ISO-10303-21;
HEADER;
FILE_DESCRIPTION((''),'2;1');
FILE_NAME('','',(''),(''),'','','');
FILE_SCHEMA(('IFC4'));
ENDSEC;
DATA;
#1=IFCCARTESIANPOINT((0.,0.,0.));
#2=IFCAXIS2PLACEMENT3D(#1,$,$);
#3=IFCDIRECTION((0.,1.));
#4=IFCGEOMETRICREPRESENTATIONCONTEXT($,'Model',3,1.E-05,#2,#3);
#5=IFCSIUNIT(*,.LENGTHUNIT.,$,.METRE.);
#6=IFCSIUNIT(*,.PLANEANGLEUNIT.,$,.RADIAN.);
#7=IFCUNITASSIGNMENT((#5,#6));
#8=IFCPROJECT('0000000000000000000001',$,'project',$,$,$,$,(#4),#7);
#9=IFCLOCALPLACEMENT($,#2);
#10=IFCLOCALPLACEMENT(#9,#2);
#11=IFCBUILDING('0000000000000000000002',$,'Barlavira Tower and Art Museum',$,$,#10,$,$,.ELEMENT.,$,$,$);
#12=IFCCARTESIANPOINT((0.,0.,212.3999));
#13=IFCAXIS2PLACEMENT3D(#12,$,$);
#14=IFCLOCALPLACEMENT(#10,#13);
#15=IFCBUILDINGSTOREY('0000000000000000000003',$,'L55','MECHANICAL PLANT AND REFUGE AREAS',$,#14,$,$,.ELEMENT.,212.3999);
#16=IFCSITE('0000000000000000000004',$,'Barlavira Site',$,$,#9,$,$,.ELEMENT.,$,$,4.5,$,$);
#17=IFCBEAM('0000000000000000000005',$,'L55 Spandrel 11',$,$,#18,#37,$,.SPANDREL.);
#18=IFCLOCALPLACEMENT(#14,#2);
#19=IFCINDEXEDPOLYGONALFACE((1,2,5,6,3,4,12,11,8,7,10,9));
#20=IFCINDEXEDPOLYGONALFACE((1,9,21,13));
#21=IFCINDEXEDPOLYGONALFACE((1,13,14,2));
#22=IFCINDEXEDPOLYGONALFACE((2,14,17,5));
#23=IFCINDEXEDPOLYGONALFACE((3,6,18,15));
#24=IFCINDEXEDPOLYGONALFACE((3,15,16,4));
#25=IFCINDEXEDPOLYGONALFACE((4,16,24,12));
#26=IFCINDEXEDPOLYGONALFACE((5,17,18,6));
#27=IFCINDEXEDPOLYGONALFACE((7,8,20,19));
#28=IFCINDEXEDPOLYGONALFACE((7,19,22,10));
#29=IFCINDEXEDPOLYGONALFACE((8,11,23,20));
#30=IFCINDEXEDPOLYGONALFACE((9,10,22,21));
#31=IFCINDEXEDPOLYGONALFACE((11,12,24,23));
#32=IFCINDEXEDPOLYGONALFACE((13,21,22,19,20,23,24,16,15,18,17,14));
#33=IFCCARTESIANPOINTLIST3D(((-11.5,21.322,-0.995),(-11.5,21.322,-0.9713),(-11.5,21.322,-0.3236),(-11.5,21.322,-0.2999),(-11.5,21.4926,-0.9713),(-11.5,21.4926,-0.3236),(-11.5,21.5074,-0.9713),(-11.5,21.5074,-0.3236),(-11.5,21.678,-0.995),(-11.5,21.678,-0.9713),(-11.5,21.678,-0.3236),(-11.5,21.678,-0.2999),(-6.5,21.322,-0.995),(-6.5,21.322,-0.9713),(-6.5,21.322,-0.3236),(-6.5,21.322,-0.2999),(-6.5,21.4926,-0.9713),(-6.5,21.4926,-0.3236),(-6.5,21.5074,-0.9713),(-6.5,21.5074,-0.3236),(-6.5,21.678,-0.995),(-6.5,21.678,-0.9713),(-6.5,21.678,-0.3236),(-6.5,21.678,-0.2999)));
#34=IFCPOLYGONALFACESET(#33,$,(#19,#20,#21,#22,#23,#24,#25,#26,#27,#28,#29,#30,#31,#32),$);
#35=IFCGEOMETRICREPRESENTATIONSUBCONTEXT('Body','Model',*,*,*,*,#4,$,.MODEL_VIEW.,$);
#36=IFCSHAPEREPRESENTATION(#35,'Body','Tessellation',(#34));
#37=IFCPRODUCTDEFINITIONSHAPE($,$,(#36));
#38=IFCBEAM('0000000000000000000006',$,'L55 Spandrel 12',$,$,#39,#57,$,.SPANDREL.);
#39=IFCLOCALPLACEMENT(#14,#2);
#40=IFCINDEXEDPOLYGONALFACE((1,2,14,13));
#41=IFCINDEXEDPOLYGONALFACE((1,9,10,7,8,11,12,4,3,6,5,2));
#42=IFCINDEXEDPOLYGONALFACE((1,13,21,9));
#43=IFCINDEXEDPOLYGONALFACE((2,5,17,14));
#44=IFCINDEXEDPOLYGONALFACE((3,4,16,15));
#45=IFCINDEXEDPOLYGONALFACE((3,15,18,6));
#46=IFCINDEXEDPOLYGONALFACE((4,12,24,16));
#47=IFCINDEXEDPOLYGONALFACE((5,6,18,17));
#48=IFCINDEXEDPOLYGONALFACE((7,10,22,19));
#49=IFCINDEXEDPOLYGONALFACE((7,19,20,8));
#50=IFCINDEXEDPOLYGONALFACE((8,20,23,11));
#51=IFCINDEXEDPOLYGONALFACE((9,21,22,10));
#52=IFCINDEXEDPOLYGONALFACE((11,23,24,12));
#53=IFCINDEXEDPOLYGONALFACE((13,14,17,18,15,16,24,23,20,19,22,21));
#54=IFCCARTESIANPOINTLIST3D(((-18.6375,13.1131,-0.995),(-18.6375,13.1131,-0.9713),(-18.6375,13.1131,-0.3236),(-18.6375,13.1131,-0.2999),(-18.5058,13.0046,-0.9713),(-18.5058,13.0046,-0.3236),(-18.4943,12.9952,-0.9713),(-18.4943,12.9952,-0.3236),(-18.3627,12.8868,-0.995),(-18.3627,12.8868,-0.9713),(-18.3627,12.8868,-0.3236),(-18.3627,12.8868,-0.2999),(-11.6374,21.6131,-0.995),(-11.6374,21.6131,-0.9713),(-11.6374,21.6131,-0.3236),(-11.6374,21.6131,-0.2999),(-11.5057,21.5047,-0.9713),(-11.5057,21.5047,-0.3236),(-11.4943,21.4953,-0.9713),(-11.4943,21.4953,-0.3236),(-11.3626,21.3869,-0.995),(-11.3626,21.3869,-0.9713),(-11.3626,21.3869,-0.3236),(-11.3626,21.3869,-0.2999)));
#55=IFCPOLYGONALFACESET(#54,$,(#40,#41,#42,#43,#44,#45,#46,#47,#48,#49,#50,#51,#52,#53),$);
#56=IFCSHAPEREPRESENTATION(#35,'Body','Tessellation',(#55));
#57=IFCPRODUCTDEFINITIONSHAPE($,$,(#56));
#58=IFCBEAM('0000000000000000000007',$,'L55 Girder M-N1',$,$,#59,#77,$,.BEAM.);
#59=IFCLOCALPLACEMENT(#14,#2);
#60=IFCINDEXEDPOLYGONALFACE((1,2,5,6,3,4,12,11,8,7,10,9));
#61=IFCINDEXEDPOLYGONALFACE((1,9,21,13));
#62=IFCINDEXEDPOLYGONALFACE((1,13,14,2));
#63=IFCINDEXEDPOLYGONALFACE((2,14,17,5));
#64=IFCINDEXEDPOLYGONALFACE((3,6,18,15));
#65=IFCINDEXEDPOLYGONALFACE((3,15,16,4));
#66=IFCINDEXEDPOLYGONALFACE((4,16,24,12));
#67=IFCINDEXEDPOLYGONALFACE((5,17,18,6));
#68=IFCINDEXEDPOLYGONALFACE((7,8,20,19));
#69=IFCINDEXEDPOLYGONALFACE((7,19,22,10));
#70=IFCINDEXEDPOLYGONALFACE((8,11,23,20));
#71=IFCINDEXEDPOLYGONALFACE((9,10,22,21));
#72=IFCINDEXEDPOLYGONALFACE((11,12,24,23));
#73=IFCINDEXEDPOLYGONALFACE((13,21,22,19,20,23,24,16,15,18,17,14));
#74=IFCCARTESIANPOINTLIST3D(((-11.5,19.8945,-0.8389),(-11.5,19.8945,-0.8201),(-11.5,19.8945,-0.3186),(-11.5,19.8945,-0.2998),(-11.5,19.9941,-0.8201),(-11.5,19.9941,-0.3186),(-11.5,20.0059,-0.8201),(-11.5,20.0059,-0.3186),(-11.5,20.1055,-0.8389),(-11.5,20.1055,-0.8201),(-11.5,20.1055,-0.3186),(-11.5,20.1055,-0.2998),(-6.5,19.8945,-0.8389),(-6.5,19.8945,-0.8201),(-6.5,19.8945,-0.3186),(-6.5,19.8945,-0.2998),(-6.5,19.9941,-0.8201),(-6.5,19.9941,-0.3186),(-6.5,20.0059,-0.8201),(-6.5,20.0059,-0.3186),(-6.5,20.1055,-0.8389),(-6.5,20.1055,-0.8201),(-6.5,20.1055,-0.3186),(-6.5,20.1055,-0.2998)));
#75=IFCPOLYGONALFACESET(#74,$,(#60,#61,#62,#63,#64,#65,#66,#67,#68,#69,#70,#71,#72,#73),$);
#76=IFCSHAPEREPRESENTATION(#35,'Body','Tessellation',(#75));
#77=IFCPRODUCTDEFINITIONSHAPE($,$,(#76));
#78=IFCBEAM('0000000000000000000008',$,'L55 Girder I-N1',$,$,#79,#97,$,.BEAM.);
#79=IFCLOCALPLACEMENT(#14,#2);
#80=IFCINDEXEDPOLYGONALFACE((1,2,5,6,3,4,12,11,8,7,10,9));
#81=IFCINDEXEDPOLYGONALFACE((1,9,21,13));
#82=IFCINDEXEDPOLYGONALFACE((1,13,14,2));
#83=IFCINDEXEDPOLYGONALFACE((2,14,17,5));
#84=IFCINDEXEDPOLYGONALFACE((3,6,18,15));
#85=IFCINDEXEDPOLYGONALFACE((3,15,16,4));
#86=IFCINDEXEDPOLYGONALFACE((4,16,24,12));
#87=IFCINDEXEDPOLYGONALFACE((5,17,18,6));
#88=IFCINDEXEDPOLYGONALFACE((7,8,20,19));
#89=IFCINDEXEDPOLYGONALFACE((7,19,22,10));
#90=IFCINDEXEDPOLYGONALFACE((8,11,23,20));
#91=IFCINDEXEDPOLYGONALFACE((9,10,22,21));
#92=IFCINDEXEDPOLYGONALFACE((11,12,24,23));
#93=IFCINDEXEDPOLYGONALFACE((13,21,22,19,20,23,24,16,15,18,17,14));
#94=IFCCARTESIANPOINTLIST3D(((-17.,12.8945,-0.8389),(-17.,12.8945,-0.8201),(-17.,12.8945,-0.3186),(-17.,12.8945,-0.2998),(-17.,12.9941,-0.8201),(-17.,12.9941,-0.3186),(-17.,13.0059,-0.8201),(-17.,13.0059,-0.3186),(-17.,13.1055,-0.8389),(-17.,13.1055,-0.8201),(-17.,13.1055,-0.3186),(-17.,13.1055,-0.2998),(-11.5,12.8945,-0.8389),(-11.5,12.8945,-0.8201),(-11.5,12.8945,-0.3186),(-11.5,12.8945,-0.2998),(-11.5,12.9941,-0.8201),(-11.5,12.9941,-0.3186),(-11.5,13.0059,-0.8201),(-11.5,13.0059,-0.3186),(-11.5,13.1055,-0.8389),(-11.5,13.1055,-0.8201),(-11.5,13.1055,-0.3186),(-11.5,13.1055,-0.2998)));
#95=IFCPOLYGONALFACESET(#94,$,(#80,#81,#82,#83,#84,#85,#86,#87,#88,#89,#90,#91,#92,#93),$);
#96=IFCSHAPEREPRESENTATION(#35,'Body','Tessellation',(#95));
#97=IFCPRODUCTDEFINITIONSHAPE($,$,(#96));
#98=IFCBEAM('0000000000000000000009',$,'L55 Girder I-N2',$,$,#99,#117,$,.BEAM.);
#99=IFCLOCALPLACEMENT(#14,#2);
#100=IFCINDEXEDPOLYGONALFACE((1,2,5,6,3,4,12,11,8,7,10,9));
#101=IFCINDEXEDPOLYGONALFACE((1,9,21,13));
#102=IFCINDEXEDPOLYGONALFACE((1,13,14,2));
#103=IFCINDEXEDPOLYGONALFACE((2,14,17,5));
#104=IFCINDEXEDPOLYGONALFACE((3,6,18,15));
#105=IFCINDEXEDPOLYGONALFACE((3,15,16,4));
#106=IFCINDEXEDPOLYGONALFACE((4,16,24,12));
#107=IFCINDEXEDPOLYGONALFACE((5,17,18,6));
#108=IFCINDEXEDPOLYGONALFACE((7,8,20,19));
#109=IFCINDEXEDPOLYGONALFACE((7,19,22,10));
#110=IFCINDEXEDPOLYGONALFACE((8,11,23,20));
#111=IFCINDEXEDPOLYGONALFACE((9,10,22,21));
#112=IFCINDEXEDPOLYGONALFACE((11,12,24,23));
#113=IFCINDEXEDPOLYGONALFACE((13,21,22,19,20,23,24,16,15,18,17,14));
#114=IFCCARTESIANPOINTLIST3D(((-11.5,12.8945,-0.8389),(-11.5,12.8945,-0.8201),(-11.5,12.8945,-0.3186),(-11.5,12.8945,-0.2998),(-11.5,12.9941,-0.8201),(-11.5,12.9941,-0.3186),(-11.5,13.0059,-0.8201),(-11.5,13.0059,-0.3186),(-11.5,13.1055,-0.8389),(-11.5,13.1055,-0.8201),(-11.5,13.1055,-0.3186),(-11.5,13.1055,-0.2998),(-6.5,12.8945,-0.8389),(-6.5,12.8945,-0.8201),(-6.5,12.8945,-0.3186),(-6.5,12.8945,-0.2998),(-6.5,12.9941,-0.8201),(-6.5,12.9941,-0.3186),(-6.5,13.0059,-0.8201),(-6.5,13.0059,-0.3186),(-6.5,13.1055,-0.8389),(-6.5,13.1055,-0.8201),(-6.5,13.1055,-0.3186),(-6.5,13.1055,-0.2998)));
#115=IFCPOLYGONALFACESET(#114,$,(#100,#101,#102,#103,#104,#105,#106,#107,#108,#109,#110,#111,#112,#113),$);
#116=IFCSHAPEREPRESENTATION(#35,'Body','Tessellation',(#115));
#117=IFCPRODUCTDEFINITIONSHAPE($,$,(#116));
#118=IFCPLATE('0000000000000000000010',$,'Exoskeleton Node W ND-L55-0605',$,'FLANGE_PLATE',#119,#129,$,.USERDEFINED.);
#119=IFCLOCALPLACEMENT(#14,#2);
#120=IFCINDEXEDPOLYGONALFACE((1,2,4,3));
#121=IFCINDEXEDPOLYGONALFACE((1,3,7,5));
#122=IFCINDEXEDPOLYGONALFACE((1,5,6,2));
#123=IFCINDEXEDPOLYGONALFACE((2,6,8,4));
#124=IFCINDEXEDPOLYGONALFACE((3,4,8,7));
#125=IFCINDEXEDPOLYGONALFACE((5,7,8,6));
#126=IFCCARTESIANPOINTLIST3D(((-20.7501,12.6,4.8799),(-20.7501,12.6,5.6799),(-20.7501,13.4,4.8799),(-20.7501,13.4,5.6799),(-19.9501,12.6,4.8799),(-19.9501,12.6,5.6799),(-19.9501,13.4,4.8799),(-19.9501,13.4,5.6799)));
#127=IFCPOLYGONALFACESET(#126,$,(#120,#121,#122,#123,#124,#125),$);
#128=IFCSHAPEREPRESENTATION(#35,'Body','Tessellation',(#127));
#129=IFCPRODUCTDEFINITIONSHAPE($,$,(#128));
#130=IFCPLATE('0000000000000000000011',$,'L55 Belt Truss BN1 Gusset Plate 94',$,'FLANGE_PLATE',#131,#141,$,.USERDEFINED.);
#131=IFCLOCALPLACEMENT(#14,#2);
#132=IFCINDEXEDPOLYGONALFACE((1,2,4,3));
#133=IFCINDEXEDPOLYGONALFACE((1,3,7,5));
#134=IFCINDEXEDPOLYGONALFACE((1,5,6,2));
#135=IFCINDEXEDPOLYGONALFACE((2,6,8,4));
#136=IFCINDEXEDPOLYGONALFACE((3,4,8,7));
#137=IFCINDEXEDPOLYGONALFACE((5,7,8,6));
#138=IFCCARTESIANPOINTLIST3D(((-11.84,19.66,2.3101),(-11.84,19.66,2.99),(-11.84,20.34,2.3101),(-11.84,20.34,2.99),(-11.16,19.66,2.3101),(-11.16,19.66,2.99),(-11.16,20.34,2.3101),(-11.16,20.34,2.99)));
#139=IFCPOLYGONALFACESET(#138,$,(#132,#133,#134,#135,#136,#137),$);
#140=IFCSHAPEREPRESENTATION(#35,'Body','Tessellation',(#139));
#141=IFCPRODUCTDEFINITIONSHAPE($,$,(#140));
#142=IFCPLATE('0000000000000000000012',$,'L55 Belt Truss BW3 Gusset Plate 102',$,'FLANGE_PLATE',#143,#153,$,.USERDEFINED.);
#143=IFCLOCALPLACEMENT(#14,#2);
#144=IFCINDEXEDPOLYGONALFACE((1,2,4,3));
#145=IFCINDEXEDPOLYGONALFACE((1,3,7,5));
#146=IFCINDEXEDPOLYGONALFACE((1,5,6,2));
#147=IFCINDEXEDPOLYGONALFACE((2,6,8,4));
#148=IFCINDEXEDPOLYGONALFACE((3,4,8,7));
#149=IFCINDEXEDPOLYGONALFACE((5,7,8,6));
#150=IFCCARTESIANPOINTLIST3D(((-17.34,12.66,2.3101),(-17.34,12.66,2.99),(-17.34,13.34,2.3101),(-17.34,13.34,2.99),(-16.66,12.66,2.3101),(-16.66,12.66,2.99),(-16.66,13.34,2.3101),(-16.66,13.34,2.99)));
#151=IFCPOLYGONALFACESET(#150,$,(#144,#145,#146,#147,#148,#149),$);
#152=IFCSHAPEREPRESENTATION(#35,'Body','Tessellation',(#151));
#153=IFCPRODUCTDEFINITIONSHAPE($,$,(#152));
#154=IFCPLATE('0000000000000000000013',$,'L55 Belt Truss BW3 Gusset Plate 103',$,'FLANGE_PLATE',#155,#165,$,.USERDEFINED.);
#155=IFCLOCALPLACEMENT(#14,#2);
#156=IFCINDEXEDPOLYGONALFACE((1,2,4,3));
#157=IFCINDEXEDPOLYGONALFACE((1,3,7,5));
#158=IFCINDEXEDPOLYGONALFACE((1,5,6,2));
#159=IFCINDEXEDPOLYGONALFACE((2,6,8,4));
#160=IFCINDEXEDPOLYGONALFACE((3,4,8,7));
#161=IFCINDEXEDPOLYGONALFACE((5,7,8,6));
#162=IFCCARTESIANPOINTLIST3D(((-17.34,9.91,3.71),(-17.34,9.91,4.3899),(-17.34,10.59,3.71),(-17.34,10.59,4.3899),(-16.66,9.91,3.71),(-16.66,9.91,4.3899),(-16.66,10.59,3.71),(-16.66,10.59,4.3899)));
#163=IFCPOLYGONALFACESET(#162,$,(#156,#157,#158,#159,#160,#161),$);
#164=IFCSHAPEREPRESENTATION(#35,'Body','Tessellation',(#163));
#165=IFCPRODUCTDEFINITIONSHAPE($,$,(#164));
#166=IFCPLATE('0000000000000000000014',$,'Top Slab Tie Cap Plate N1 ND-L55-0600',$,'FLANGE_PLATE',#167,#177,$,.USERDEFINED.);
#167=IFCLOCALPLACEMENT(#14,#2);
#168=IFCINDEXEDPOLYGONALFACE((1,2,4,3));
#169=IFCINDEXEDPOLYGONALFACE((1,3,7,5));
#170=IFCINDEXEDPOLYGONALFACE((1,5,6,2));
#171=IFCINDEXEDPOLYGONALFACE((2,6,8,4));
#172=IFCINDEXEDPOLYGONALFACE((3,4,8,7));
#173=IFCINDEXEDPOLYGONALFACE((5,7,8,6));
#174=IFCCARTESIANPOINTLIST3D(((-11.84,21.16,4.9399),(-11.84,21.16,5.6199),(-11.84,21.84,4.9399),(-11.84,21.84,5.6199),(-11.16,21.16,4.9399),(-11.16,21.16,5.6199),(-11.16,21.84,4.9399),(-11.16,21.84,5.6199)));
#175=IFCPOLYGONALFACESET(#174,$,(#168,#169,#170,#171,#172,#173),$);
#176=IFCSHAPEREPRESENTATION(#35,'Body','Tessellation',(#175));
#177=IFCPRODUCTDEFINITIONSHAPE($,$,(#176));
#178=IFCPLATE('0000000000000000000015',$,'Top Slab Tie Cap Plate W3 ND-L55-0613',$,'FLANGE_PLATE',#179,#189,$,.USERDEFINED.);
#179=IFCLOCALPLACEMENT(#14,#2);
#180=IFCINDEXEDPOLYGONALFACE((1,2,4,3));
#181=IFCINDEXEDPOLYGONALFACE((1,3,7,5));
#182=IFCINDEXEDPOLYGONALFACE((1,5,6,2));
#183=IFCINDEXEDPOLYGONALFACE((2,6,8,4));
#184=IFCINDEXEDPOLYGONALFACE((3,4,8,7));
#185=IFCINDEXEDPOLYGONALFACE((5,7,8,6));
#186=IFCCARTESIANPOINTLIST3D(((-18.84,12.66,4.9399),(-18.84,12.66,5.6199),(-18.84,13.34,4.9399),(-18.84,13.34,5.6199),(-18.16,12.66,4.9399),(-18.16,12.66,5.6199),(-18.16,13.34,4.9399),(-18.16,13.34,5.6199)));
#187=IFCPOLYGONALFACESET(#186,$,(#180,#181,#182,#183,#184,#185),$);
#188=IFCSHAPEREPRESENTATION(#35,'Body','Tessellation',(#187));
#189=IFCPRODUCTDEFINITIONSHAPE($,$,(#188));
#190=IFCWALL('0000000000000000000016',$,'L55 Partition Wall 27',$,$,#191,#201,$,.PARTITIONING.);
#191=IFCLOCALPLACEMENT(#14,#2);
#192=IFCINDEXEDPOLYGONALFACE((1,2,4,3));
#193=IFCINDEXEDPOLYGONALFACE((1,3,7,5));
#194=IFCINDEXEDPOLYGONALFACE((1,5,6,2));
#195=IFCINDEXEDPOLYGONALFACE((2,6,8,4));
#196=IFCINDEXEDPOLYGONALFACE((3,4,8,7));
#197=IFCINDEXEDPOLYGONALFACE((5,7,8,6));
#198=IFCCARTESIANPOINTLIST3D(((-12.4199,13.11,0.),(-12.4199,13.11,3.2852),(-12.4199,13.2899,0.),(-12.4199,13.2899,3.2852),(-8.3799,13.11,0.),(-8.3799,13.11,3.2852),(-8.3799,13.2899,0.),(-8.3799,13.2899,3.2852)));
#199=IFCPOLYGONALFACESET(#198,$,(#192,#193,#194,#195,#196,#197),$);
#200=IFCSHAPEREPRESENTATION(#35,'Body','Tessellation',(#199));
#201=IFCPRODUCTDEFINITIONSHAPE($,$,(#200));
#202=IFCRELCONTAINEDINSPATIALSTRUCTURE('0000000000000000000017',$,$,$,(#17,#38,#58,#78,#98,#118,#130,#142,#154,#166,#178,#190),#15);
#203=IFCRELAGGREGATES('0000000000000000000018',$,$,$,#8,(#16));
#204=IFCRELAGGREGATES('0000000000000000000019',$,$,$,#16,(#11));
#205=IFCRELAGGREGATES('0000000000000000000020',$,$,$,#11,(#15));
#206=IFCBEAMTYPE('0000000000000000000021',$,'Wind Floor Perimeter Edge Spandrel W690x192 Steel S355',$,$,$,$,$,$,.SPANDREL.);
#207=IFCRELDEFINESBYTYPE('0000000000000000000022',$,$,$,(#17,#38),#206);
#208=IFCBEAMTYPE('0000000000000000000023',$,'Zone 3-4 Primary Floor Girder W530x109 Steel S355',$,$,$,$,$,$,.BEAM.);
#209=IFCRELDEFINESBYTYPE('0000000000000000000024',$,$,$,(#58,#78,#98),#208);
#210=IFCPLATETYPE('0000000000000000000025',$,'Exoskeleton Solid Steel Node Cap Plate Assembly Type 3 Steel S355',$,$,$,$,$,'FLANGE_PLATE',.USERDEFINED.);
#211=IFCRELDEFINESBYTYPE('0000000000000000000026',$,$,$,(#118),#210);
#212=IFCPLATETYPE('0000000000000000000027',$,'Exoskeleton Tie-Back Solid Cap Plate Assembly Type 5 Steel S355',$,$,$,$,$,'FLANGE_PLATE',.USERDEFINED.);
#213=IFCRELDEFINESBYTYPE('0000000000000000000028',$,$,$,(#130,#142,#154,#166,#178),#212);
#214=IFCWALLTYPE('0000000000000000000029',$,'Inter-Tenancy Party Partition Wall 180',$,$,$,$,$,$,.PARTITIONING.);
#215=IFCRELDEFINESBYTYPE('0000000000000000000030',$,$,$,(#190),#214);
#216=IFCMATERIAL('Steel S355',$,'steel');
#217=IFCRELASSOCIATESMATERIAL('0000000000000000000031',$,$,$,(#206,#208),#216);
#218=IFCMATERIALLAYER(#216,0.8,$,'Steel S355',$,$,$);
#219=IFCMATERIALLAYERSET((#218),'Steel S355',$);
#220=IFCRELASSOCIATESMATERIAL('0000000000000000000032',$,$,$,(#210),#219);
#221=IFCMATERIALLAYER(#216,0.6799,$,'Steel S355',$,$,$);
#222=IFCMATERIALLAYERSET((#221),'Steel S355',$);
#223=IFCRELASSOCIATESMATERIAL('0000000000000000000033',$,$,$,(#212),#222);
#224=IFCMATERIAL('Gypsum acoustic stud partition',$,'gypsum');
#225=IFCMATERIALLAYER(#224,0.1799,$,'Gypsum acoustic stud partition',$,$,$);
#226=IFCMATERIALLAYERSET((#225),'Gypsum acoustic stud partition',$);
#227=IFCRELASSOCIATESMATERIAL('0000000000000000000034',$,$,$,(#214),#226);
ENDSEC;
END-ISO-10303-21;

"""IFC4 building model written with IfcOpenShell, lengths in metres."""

from ifc_helpers import new_model, si_unit, direction, frame, frame_2d, origin, origin_2d, place, context, subcontext, project, spatial, rectangle, i_section, extrude, material, layer, layer_set, material_profile, profile_set, type_object, element, save


model = new_model("IFC4")

# Units and contexts
model_context = context("Model", 3, precision=1e-05, world=origin(), true_north=direction((0.0, 1.0)))
body_context = subcontext(model_context, "Body", "Model", "MODEL_VIEW")
ifc_project = project(units=[si_unit("LENGTHUNIT", "METRE"), si_unit("PLANEANGLEUNIT", "RADIAN")], contexts=[model_context])

# Site, building, storey
site_placement = place(None, origin())
site = spatial("IfcSite", under=ifc_project, at=site_placement, Name="Barlavira Site", CompositionType="ELEMENT", RefElevation=4.5)
building_placement = place(site_placement, origin())
building = spatial("IfcBuilding", under=site, at=building_placement, Name="Barlavira Tower and Art Museum", CompositionType="ELEMENT")
storey_placement = place(building_placement, frame((0.0, 0.0, 212.3999)))
storey = spatial("IfcBuildingStorey", under=building, at=storey_placement, Name="L55", Description="MECHANICAL PLANT AND REFUGE AREAS", CompositionType="ELEMENT", Elevation=212.3999)

# Shared definitions
ifc_material_1 = material(Name="Steel S355", Category="steel")

# Beams
ifc_material_profile_1 = material_profile(ifc_material_1, i_section(OverallWidth=0.356, OverallDepth=0.6951, WebThickness=0.0149, FlangeThickness=0.0237, at=origin_2d()), Name="W690x192.0")
ifc_profile_set_1 = profile_set([ifc_material_profile_1], Name="Steel S355")
beam_type_1 = type_object("IfcBeamType", Name="Wind Floor Perimeter Edge Spandrel W690x192 Steel S355", PredefinedType="SPANDREL", material=ifc_profile_set_1)
beam_1_placement = place(storey_placement, frame((-11.5, 21.5, -0.6475), z_axis=(1.0, 0.0, 0.0), x_axis=(0.0, 1.0, 0.0)))
element("IfcBeam", 1, at=beam_1_placement, inside=storey, type_object=beam_type_1, Name="L55 Spandrel 11", PredefinedType="SPANDREL", context=body_context, shape_type="SweptSolid", body=[
    extrude(i_section(OverallWidth=0.356, OverallDepth=0.6951, WebThickness=0.0149, FlangeThickness=0.0237, at=origin_2d()), origin(), (0.0, 0.0, 1.0), 5.0),
])
beam_2_placement = place(storey_placement, frame((-11.5, 21.5, -0.6475), z_axis=(-0.635707, -0.77193, 0.0), x_axis=(0.77193, -0.635707, 0.0)))
element("IfcBeam", 2, at=beam_2_placement, inside=storey, type_object=beam_type_1, Name="L55 Spandrel 12", PredefinedType="SPANDREL", context=body_context, shape_type="SweptSolid", body=[
    extrude(i_section(OverallWidth=0.356, OverallDepth=0.6951, WebThickness=0.0149, FlangeThickness=0.0237, at=origin_2d()), origin(), (0.0, 0.0, 1.0), 11.0115),
])
ifc_material_profile_2 = material_profile(ifc_material_1, i_section(OverallWidth=0.2109, OverallDepth=0.5391, WebThickness=0.0117, FlangeThickness=0.0188, at=origin_2d()), Name="W530x109.0")
ifc_profile_set_2 = profile_set([ifc_material_profile_2], Name="Steel S355")
beam_type_2 = type_object("IfcBeamType", Name="Zone 3-4 Primary Floor Girder W530x109 Steel S355", PredefinedType="BEAM", material=ifc_profile_set_2)
beam_3_placement = place(storey_placement, frame((-11.5, 20.0, -0.5693), z_axis=(1.0, 0.0, 0.0), x_axis=(0.0, 1.0, 0.0)))
element("IfcBeam", 3, at=beam_3_placement, inside=storey, type_object=beam_type_2, Name="L55 Girder M-N1", PredefinedType="BEAM", context=body_context, shape_type="SweptSolid", body=[
    extrude(i_section(OverallWidth=0.2109, OverallDepth=0.5391, WebThickness=0.0117, FlangeThickness=0.0188, at=origin_2d()), origin(), (0.0, 0.0, 1.0), 5.0),
])
beam_4_placement = place(storey_placement, frame((-17.0, 13.0, -0.5693), z_axis=(1.0, 0.0, 0.0), x_axis=(0.0, 1.0, 0.0)))
element("IfcBeam", 4, at=beam_4_placement, inside=storey, type_object=beam_type_2, Name="L55 Girder I-N1", PredefinedType="BEAM", context=body_context, shape_type="SweptSolid", body=[
    extrude(i_section(OverallWidth=0.2109, OverallDepth=0.5391, WebThickness=0.0117, FlangeThickness=0.0188, at=origin_2d()), origin(), (0.0, 0.0, 1.0), 5.5),
])
beam_5_placement = place(storey_placement, frame((-11.5, 13.0, -0.5693), z_axis=(1.0, 0.0, 0.0), x_axis=(0.0, 1.0, 0.0)))
element("IfcBeam", 5, at=beam_5_placement, inside=storey, type_object=beam_type_2, Name="L55 Girder I-N2", PredefinedType="BEAM", context=body_context, shape_type="SweptSolid", body=[
    extrude(i_section(OverallWidth=0.2109, OverallDepth=0.5391, WebThickness=0.0117, FlangeThickness=0.0188, at=origin_2d()), origin(), (0.0, 0.0, 1.0), 5.0),
])

# Plates
ifc_layer_1 = layer(ifc_material_1, 0.8, Name="Steel S355")
ifc_layer_set_1 = layer_set([ifc_layer_1], Name="Steel S355")
plate_type_1 = type_object("IfcPlateType", Name="Exoskeleton Solid Steel Node Cap Plate Assembly Type 3 Steel S355", ElementType="FLANGE_PLATE", PredefinedType="USERDEFINED", material=ifc_layer_set_1)
plate_placement = place(storey_placement, frame((-20.3501, 13.0, 4.8799), z_axis=(0.0, 0.0, 1.0), x_axis=(1.0, 0.0, 0.0)))
element("IfcPlate", 6, at=plate_placement, inside=storey, type_object=plate_type_1, Name="Exoskeleton Node W ND-L55-0605", ObjectType="FLANGE_PLATE", PredefinedType="USERDEFINED", context=body_context, shape_type="SweptSolid", body=[
    extrude(rectangle(XDim=0.8, YDim=0.8, at=origin_2d()), origin(), (0.0, 0.0, 1.0), 0.8),
])
ifc_layer_2 = layer(ifc_material_1, 0.6799, Name="Steel S355")
ifc_layer_set_2 = layer_set([ifc_layer_2], Name="Steel S355")
plate_type_2 = type_object("IfcPlateType", Name="Exoskeleton Tie-Back Solid Cap Plate Assembly Type 5 Steel S355", ElementType="FLANGE_PLATE", PredefinedType="USERDEFINED", material=ifc_layer_set_2)
for number, where, z_axis, x_axis, name in (
    (7, (-11.5, 20.0, 2.3101), (0.0, 0.0, 1.0), (1.0, 0.0, 0.0), "L55 Belt Truss BN1 Gusset Plate 94"),
    (8, (-17.0, 13.0, 2.3101), (0.0, 0.0, 1.0), (1.0, 0.0, 0.0), "L55 Belt Truss BW3 Gusset Plate 102"),
    (9, (-17.0, 10.25, 3.71), (0.0, 0.0, 1.0), (1.0, 0.0, 0.0), "L55 Belt Truss BW3 Gusset Plate 103"),
    (10, (-11.5, 21.5, 4.9399), (0.0, 0.0, 1.0), (1.0, 0.0, 0.0), "Top Slab Tie Cap Plate N1 ND-L55-0600"),
    (11, (-18.5, 13.0, 4.9399), (0.0, 0.0, 1.0), (1.0, 0.0, 0.0), "Top Slab Tie Cap Plate W3 ND-L55-0613"),
):
    element("IfcPlate", number, at=place(storey_placement, frame(where, z_axis=z_axis, x_axis=x_axis)), inside=storey, type_object=plate_type_2, Name=name, ObjectType="FLANGE_PLATE", PredefinedType="USERDEFINED", context=body_context, shape_type="SweptSolid", body=[
        extrude(rectangle(XDim=0.6799, YDim=0.6799, at=origin_2d()), origin(), (0.0, 0.0, 1.0), 0.6799),
    ])

# Wall
ifc_material_2 = material(Name="Gypsum acoustic stud partition", Category="gypsum")
ifc_layer_3 = layer(ifc_material_2, 0.1799, Name="Gypsum acoustic stud partition")
ifc_layer_set_3 = layer_set([ifc_layer_3], Name="Gypsum acoustic stud partition")
wall_type = type_object("IfcWallType", Name="Inter-Tenancy Party Partition Wall 180", PredefinedType="PARTITIONING", material=ifc_layer_set_3)
wall_placement = place(storey_placement, frame((-12.4199, 13.2, 0.0), z_axis=(0.0, 0.0, 1.0), x_axis=(1.0, 0.0, 0.0)))
element("IfcWall", 12, at=wall_placement, inside=storey, type_object=wall_type, Name="L55 Partition Wall 27", PredefinedType="PARTITIONING", context=body_context, shape_type="SweptSolid", body=[
    extrude(rectangle(XDim=4.04, YDim=0.1799, at=frame_2d((2.02, 0.0))), origin(), (0.0, 0.0, 1.0), 3.2852),
])

save(model, "model.ifc")
